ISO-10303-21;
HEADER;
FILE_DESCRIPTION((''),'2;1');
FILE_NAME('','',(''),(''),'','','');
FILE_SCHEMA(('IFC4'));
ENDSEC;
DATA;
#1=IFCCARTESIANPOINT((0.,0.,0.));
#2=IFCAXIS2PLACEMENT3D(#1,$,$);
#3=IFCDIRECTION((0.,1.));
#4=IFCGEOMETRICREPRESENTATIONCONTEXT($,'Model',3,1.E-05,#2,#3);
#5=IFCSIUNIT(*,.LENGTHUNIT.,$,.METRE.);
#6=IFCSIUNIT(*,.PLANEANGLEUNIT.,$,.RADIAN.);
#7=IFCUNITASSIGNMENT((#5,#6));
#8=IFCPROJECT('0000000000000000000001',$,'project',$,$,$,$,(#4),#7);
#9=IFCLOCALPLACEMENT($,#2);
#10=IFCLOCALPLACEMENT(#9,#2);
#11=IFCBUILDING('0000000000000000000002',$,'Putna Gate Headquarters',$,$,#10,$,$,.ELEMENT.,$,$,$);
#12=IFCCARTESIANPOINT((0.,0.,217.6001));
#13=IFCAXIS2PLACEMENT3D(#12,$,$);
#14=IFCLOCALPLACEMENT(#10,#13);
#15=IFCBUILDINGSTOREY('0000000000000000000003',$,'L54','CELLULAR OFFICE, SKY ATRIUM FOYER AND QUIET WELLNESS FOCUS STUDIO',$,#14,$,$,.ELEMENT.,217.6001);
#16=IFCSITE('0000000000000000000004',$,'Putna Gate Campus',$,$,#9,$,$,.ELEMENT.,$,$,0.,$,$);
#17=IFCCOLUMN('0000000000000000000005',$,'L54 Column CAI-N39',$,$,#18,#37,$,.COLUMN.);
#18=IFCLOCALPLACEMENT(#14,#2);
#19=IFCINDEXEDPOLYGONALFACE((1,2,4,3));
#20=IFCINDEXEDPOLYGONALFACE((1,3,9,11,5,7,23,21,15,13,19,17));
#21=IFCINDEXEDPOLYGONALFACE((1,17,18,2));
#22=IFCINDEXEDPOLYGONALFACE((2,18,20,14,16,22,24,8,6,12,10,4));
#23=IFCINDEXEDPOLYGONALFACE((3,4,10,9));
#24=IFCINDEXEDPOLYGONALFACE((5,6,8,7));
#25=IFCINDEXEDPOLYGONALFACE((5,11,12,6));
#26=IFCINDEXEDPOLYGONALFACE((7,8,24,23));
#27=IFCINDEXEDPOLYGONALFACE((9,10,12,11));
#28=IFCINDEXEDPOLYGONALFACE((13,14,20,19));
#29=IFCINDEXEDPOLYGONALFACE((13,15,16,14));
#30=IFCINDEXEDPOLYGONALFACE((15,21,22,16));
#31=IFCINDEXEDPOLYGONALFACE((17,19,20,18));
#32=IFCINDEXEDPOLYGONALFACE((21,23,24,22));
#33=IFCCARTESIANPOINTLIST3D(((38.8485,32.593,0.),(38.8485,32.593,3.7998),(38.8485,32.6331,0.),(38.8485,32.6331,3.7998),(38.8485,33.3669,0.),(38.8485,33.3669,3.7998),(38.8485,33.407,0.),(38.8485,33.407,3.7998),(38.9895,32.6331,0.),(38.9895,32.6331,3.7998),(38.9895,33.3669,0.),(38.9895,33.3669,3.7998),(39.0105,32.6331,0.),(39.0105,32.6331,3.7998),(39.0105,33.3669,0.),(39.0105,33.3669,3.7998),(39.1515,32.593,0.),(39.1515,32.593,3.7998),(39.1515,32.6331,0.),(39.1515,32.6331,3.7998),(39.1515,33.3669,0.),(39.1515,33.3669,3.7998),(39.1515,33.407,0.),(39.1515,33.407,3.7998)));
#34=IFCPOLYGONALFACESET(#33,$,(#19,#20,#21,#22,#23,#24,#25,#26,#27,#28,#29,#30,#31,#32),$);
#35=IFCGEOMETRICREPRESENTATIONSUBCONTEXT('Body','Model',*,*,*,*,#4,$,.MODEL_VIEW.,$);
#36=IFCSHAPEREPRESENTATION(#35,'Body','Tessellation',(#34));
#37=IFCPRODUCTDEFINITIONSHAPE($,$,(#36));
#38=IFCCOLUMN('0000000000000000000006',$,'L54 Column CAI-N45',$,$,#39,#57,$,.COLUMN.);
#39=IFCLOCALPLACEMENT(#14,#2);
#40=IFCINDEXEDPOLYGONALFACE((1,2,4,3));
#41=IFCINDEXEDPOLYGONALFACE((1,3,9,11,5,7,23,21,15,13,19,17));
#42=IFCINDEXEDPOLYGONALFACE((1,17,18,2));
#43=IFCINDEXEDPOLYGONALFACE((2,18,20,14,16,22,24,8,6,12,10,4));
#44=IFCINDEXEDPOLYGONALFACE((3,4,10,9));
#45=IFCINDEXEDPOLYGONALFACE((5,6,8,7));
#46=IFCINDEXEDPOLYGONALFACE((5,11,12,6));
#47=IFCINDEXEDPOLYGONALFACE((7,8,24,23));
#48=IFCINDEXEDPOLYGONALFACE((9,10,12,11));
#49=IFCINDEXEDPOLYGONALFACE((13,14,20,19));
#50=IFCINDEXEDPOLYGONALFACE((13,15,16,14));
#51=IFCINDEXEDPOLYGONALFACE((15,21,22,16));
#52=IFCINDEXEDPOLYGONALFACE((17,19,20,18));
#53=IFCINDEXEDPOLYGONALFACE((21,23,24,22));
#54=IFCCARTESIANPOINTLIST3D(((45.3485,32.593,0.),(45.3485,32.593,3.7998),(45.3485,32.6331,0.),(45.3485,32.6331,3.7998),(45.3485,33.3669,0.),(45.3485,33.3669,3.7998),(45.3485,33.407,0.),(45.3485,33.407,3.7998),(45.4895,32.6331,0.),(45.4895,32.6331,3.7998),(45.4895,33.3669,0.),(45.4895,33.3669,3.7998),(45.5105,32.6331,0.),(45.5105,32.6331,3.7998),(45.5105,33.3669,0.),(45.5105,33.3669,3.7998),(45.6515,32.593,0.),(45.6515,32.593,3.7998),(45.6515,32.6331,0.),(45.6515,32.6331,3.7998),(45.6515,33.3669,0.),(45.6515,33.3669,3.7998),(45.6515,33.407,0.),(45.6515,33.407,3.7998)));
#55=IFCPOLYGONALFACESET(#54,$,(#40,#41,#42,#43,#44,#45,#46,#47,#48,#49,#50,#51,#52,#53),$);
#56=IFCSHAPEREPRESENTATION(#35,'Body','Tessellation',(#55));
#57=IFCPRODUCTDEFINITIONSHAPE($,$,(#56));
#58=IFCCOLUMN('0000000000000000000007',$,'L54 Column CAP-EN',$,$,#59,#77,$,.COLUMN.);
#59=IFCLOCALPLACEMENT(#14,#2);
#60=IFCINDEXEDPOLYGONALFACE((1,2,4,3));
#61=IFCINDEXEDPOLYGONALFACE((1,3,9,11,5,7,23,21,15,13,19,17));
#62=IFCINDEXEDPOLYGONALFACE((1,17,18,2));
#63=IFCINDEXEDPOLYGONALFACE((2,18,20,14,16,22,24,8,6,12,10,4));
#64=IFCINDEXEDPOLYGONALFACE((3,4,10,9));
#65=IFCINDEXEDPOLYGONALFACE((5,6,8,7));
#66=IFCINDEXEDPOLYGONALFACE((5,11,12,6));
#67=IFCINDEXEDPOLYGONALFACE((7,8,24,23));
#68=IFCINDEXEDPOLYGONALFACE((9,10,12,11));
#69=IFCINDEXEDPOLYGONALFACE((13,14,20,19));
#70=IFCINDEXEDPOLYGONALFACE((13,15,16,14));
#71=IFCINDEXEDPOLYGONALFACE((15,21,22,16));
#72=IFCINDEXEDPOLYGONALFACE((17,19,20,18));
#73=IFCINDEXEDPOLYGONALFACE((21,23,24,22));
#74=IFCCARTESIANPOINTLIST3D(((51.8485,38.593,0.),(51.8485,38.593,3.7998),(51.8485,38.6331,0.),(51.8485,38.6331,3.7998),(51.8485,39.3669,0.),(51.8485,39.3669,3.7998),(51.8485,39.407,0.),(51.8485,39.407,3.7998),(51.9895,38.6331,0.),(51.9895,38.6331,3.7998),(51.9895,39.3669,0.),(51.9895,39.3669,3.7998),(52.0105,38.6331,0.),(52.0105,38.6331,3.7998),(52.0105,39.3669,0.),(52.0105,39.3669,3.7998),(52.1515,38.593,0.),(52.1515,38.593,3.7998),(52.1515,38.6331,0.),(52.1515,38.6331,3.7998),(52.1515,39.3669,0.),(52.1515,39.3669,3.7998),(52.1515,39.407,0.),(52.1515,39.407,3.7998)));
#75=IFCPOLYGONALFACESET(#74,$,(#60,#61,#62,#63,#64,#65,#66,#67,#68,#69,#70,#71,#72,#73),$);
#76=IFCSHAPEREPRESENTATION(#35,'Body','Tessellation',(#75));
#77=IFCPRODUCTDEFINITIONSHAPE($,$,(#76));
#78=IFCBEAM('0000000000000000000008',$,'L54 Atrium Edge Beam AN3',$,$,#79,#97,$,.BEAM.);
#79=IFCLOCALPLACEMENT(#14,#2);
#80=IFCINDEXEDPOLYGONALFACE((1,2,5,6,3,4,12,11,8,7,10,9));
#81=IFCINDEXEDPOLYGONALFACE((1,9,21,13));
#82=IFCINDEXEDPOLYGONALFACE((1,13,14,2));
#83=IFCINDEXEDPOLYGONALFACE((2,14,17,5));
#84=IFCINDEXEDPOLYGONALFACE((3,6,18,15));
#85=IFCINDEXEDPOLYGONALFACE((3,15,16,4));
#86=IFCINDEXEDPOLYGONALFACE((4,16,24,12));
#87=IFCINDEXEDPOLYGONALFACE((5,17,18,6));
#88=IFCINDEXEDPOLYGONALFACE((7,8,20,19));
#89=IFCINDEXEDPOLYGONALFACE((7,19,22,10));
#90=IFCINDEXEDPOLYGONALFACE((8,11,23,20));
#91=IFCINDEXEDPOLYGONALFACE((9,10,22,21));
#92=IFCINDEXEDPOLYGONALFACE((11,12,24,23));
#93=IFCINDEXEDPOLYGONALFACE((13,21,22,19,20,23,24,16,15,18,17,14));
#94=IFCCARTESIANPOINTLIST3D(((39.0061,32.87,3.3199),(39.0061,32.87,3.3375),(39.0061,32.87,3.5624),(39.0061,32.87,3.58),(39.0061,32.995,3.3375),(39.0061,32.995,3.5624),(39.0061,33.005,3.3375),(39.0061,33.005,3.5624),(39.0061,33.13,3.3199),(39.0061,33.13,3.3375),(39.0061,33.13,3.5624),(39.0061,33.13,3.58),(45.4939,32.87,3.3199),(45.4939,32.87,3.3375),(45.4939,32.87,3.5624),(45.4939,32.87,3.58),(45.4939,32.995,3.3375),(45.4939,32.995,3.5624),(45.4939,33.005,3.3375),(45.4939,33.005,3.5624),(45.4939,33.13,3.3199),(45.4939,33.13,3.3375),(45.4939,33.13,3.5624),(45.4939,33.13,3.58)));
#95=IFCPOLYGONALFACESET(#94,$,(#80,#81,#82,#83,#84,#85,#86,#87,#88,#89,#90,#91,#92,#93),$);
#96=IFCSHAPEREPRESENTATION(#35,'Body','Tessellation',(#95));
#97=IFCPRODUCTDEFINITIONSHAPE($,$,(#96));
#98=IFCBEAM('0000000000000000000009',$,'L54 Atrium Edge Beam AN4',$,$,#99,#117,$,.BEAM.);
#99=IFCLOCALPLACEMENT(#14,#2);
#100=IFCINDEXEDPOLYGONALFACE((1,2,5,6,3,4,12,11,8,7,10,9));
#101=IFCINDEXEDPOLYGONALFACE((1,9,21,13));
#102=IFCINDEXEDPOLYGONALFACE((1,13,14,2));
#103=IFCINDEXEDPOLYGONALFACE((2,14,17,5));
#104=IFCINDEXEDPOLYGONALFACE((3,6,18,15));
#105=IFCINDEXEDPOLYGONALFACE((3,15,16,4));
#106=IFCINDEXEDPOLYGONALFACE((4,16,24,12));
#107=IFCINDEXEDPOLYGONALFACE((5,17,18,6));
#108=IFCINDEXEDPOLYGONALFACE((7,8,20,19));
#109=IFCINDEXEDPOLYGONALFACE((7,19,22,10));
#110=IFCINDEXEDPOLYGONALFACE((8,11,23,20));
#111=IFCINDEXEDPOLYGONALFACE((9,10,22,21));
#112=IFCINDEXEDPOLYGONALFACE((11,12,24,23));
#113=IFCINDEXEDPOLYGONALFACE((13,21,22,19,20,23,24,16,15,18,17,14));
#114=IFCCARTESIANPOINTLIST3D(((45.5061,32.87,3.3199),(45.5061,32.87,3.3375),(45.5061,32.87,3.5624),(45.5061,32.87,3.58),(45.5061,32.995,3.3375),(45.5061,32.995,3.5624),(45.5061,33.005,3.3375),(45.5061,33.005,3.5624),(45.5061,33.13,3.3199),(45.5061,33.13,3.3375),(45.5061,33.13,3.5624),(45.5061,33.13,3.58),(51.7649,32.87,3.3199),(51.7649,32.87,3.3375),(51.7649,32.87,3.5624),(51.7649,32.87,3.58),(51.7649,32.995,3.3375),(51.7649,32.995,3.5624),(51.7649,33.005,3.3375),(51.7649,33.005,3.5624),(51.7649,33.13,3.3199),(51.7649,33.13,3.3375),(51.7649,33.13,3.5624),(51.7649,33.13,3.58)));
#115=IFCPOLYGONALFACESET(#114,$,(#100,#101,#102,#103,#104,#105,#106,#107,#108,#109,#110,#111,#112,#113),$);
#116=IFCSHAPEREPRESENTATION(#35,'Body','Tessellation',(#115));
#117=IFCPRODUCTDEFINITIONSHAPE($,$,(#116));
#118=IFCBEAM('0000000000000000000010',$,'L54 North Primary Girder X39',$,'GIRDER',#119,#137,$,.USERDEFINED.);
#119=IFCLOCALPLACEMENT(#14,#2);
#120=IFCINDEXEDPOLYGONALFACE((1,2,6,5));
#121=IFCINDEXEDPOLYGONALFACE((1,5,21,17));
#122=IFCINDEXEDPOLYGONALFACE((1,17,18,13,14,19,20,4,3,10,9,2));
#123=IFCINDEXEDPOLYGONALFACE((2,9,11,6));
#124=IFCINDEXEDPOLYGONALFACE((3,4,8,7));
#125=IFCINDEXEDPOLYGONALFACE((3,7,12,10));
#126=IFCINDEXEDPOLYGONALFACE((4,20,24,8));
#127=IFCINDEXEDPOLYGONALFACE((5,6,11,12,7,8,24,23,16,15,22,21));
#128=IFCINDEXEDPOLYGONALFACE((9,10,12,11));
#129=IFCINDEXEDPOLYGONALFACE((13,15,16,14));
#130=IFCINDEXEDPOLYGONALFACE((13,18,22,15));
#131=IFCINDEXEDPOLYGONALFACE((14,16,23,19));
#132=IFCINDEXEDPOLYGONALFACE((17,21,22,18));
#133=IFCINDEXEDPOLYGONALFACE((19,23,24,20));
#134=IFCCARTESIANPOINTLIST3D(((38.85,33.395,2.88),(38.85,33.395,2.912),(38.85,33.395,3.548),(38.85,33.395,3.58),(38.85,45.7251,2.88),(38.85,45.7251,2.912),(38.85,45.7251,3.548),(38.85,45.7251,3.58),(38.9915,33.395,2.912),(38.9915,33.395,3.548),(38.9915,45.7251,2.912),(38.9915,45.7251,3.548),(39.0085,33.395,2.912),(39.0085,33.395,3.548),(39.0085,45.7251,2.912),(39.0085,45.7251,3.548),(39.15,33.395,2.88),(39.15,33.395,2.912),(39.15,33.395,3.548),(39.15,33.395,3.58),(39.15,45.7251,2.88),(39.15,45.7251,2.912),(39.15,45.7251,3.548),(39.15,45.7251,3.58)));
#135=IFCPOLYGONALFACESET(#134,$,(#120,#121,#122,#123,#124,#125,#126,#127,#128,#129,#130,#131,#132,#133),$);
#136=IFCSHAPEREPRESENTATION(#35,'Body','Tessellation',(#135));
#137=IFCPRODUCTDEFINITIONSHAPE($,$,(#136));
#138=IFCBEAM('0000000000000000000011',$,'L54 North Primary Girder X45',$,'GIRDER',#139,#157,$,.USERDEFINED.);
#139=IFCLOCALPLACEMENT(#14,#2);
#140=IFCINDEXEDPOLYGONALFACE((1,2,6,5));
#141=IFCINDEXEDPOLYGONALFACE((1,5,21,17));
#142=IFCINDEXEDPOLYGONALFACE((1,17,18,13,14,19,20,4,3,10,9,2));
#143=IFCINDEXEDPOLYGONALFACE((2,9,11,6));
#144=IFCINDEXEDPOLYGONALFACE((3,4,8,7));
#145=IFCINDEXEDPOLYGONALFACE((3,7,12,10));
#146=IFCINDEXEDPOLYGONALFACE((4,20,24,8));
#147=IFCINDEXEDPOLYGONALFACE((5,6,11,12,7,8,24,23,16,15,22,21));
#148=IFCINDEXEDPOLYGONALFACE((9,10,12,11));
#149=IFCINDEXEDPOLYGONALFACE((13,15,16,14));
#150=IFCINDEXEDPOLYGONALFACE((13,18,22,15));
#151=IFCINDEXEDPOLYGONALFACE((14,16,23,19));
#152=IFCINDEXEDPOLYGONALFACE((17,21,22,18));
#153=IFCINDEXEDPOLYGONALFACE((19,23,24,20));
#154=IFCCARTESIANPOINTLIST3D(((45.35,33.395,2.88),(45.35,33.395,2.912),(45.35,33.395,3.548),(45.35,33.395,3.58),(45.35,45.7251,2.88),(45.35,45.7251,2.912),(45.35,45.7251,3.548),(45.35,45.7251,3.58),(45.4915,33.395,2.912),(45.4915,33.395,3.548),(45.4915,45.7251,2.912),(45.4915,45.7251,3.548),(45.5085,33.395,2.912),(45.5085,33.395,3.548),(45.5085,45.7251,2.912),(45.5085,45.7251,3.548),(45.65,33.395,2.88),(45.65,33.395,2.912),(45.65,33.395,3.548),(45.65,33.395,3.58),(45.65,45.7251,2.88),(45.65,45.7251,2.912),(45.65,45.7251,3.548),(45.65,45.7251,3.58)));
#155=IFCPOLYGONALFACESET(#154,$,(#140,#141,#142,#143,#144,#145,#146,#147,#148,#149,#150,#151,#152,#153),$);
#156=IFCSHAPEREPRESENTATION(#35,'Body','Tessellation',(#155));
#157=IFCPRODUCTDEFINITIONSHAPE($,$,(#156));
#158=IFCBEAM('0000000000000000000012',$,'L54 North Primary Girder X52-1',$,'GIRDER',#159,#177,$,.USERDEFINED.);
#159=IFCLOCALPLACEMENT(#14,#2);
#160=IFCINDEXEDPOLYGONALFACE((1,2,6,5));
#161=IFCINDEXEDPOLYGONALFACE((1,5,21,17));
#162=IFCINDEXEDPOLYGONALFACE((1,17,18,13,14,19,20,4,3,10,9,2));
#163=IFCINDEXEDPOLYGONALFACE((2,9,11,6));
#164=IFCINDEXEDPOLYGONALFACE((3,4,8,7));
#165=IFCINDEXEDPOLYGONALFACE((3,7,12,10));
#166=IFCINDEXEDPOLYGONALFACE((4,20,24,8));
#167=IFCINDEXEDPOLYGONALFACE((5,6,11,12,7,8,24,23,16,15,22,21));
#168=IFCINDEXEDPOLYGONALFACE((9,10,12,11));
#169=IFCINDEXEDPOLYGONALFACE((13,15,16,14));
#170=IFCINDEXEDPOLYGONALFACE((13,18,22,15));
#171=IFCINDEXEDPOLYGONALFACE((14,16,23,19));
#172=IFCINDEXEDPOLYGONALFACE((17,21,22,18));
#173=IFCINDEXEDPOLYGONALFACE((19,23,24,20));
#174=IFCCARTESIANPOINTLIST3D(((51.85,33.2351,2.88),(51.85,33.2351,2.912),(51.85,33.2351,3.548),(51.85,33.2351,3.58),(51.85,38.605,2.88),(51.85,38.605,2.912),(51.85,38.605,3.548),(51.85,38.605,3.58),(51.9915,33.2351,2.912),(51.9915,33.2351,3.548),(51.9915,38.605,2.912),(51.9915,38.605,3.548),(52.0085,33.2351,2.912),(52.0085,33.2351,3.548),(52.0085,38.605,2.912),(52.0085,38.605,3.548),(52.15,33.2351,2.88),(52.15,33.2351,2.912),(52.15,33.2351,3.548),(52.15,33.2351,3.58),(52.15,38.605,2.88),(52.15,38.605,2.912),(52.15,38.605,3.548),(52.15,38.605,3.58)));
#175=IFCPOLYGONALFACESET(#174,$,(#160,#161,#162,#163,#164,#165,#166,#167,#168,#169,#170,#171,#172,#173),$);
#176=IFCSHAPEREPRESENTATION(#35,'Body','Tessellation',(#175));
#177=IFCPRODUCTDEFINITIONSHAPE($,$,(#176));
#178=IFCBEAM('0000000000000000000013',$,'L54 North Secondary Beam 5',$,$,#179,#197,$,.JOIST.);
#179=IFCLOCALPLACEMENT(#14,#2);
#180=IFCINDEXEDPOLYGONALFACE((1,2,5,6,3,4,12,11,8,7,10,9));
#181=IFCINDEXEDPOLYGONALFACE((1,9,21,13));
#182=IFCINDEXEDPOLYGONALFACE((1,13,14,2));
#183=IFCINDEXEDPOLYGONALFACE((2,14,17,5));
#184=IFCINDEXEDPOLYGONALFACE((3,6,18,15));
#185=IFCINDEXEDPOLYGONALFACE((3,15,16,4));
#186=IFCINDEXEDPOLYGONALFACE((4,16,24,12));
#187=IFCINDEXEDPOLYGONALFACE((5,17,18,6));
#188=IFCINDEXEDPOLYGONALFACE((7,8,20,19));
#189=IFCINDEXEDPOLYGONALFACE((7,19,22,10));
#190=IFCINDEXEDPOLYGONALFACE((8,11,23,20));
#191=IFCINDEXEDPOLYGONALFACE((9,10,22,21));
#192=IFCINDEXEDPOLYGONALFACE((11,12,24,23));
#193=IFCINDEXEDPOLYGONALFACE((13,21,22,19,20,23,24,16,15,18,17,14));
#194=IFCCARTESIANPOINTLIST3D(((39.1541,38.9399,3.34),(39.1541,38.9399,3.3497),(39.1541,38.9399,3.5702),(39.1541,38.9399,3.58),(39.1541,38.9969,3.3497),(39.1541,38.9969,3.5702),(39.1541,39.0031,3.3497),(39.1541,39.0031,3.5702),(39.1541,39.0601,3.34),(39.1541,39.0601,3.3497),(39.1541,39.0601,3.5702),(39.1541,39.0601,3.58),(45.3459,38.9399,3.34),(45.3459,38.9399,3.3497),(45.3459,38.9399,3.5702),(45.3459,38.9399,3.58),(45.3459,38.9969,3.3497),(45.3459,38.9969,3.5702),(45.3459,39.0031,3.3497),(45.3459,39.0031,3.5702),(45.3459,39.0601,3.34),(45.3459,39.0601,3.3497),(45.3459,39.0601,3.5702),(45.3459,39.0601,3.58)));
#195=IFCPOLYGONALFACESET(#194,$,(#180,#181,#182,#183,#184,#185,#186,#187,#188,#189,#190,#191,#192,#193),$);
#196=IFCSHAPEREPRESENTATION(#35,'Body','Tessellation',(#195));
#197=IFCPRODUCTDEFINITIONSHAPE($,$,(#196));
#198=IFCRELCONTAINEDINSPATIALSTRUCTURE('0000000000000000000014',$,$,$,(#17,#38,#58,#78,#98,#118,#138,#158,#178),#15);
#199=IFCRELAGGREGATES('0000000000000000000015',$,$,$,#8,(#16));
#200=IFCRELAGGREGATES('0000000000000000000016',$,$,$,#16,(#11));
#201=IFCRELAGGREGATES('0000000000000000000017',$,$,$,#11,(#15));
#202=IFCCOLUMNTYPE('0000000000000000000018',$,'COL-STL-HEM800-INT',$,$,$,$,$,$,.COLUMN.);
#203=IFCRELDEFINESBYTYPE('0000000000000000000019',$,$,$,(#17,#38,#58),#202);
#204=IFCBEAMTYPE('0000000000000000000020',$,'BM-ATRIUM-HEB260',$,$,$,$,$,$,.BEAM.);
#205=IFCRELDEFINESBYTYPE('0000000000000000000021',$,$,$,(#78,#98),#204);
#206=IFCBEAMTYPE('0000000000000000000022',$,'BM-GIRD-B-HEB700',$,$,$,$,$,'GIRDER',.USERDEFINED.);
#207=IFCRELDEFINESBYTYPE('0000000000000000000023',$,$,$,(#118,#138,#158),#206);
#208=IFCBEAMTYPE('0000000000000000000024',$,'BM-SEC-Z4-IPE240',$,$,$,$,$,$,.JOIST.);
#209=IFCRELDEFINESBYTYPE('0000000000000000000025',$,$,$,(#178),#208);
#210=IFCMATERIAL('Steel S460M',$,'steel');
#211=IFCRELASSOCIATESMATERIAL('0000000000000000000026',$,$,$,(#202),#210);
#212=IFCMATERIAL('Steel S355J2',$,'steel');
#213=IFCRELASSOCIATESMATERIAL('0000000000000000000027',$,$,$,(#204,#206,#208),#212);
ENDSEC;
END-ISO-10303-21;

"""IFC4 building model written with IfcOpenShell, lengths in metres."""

from ifc_helpers import new_model, si_unit, direction, frame, origin, origin_2d, place, context, subcontext, project, spatial, i_section, extrude, material, material_profile, profile_set, type_object, element, save


model = new_model("IFC4")

# Units and contexts
model_context = context("Model", 3, precision=1e-05, world=origin(), true_north=direction((0.0, 1.0)))
body_context = subcontext(model_context, "Body", "Model", "MODEL_VIEW")
ifc_project = project(units=[si_unit("LENGTHUNIT", "METRE"), si_unit("PLANEANGLEUNIT", "RADIAN")], contexts=[model_context])

# Site, building, storey
site_placement = place(None, origin())
site = spatial("IfcSite", under=ifc_project, at=site_placement, Name="Putna Gate Campus", CompositionType="ELEMENT", RefElevation=0.0)
building_placement = place(site_placement, origin())
building = spatial("IfcBuilding", under=site, at=building_placement, Name="Putna Gate Headquarters", CompositionType="ELEMENT")
storey_placement = place(building_placement, frame((0.0, 0.0, 217.6001)))
storey = spatial("IfcBuildingStorey", under=building, at=storey_placement, Name="L54", Description="CELLULAR OFFICE, SKY ATRIUM FOYER AND QUIET WELLNESS FOCUS STUDIO", CompositionType="ELEMENT", Elevation=217.6001)

# Columns
ifc_material_1 = material(Name="Steel S460M", Category="steel")
ifc_material_profile_1 = material_profile(ifc_material_1, i_section(OverallWidth=0.303, OverallDepth=0.814, WebThickness=0.021, FlangeThickness=0.04, at=origin_2d()), Name="Steel S460M")
ifc_profile_set_1 = profile_set([ifc_material_profile_1], Name="Steel S460M")
column_type = type_object("IfcColumnType", Name="COL-STL-HEM800-INT", PredefinedType="COLUMN", material=ifc_profile_set_1)
for number, where, z_axis, x_axis, name in (
    (1, (39.0, 33.0, 0.0), (0.0, 0.0, 1.0), (1.0, 0.0, 0.0), "L54 Column CAI-N39"),
    (2, (45.5, 33.0, 0.0), (0.0, 0.0, 1.0), (1.0, 0.0, 0.0), "L54 Column CAI-N45"),
    (3, (52.0, 39.0, 0.0), (0.0, 0.0, 1.0), (1.0, 0.0, 0.0), "L54 Column CAP-EN"),
):
    element("IfcColumn", number, at=place(storey_placement, frame(where, z_axis=z_axis, x_axis=x_axis)), inside=storey, type_object=column_type, Name=name, PredefinedType="COLUMN", context=body_context, shape_type="SweptSolid", body=[
        extrude(i_section(OverallWidth=0.303, OverallDepth=0.814, WebThickness=0.021, FlangeThickness=0.04, at=origin_2d()), origin(), (0.0, 0.0, 1.0), 3.7998),
    ])

# Beams
ifc_material_2 = material(Name="Steel S355J2", Category="steel")
ifc_material_profile_2 = material_profile(ifc_material_2, i_section(OverallWidth=0.26, OverallDepth=0.26, WebThickness=0.01, FlangeThickness=0.0176, at=origin_2d()), Name="Steel S355J2")
ifc_profile_set_2 = profile_set([ifc_material_profile_2], Name="Steel S355J2")
beam_type_1 = type_object("IfcBeamType", Name="BM-ATRIUM-HEB260", PredefinedType="BEAM", material=ifc_profile_set_2)
beam_1_placement = place(storey_placement, frame((39.0061, 33.0, 3.45), z_axis=(1.0, 0.0, 0.0), x_axis=(0.0, 1.0, 0.0)))
element("IfcBeam", 4, at=beam_1_placement, inside=storey, type_object=beam_type_1, Name="L54 Atrium Edge Beam AN3", PredefinedType="BEAM", context=body_context, shape_type="SweptSolid", body=[
    extrude(i_section(OverallWidth=0.26, OverallDepth=0.26, WebThickness=0.01, FlangeThickness=0.0176, at=origin_2d()), origin(), (0.0, 0.0, 1.0), 6.4878),
])
beam_2_placement = place(storey_placement, frame((45.5061, 33.0, 3.45), z_axis=(1.0, 0.0, 0.0), x_axis=(0.0, 1.0, 0.0)))
element("IfcBeam", 5, at=beam_2_placement, inside=storey, type_object=beam_type_1, Name="L54 Atrium Edge Beam AN4", PredefinedType="BEAM", context=body_context, shape_type="SweptSolid", body=[
    extrude(i_section(OverallWidth=0.26, OverallDepth=0.26, WebThickness=0.01, FlangeThickness=0.0176, at=origin_2d()), origin(), (0.0, 0.0, 1.0), 6.2588),
])
ifc_material_profile_3 = material_profile(ifc_material_2, i_section(OverallWidth=0.3, OverallDepth=0.7, WebThickness=0.0171, FlangeThickness=0.032, at=origin_2d()), Name="Steel S355J2")
ifc_profile_set_3 = profile_set([ifc_material_profile_3], Name="Steel S355J2")
beam_type_2 = type_object("IfcBeamType", Name="BM-GIRD-B-HEB700", ElementType="GIRDER", PredefinedType="USERDEFINED", material=ifc_profile_set_3)
for number, where, z_axis, x_axis, name in (
    (6, (39.0, 33.395, 3.23), (0.0, 1.0, 0.0), (-1.0, 0.0, 0.0), "L54 North Primary Girder X39"),
    (7, (45.5, 33.395, 3.23), (0.0, 1.0, 0.0), (-1.0, 0.0, 0.0), "L54 North Primary Girder X45"),
):
    element("IfcBeam", number, at=place(storey_placement, frame(where, z_axis=z_axis, x_axis=x_axis)), inside=storey, type_object=beam_type_2, Name=name, ObjectType="GIRDER", PredefinedType="USERDEFINED", context=body_context, shape_type="SweptSolid", body=[
        extrude(i_section(OverallWidth=0.3, OverallDepth=0.7, WebThickness=0.0171, FlangeThickness=0.032, at=origin_2d()), origin(), (0.0, 0.0, 1.0), 12.3301),
    ])
beam_3_placement = place(storey_placement, frame((52.0, 33.2351, 3.23), z_axis=(0.0, 1.0, 0.0), x_axis=(-1.0, 0.0, 0.0)))
element("IfcBeam", 8, at=beam_3_placement, inside=storey, type_object=beam_type_2, Name="L54 North Primary Girder X52-1", ObjectType="GIRDER", PredefinedType="USERDEFINED", context=body_context, shape_type="SweptSolid", body=[
    extrude(i_section(OverallWidth=0.3, OverallDepth=0.7, WebThickness=0.0171, FlangeThickness=0.032, at=origin_2d()), origin(), (0.0, 0.0, 1.0), 5.3699),
])
ifc_material_profile_4 = material_profile(ifc_material_2, i_section(OverallWidth=0.1201, OverallDepth=0.24, WebThickness=0.0061, FlangeThickness=0.0098, at=origin_2d()), Name="Steel S355J2")
ifc_profile_set_4 = profile_set([ifc_material_profile_4], Name="Steel S355J2")
beam_type_3 = type_object("IfcBeamType", Name="BM-SEC-Z4-IPE240", PredefinedType="JOIST", material=ifc_profile_set_4)
beam_4_placement = place(storey_placement, frame((39.1541, 39.0, 3.46), z_axis=(1.0, 0.0, 0.0), x_axis=(0.0, 1.0, 0.0)))
element("IfcBeam", 9, at=beam_4_placement, inside=storey, type_object=beam_type_3, Name="L54 North Secondary Beam 5", PredefinedType="JOIST", context=body_context, shape_type="SweptSolid", body=[
    extrude(i_section(OverallWidth=0.1201, OverallDepth=0.24, WebThickness=0.0061, FlangeThickness=0.0098, at=origin_2d()), origin(), (0.0, 0.0, 1.0), 6.1919),
])

save(model, "model.ifc")
